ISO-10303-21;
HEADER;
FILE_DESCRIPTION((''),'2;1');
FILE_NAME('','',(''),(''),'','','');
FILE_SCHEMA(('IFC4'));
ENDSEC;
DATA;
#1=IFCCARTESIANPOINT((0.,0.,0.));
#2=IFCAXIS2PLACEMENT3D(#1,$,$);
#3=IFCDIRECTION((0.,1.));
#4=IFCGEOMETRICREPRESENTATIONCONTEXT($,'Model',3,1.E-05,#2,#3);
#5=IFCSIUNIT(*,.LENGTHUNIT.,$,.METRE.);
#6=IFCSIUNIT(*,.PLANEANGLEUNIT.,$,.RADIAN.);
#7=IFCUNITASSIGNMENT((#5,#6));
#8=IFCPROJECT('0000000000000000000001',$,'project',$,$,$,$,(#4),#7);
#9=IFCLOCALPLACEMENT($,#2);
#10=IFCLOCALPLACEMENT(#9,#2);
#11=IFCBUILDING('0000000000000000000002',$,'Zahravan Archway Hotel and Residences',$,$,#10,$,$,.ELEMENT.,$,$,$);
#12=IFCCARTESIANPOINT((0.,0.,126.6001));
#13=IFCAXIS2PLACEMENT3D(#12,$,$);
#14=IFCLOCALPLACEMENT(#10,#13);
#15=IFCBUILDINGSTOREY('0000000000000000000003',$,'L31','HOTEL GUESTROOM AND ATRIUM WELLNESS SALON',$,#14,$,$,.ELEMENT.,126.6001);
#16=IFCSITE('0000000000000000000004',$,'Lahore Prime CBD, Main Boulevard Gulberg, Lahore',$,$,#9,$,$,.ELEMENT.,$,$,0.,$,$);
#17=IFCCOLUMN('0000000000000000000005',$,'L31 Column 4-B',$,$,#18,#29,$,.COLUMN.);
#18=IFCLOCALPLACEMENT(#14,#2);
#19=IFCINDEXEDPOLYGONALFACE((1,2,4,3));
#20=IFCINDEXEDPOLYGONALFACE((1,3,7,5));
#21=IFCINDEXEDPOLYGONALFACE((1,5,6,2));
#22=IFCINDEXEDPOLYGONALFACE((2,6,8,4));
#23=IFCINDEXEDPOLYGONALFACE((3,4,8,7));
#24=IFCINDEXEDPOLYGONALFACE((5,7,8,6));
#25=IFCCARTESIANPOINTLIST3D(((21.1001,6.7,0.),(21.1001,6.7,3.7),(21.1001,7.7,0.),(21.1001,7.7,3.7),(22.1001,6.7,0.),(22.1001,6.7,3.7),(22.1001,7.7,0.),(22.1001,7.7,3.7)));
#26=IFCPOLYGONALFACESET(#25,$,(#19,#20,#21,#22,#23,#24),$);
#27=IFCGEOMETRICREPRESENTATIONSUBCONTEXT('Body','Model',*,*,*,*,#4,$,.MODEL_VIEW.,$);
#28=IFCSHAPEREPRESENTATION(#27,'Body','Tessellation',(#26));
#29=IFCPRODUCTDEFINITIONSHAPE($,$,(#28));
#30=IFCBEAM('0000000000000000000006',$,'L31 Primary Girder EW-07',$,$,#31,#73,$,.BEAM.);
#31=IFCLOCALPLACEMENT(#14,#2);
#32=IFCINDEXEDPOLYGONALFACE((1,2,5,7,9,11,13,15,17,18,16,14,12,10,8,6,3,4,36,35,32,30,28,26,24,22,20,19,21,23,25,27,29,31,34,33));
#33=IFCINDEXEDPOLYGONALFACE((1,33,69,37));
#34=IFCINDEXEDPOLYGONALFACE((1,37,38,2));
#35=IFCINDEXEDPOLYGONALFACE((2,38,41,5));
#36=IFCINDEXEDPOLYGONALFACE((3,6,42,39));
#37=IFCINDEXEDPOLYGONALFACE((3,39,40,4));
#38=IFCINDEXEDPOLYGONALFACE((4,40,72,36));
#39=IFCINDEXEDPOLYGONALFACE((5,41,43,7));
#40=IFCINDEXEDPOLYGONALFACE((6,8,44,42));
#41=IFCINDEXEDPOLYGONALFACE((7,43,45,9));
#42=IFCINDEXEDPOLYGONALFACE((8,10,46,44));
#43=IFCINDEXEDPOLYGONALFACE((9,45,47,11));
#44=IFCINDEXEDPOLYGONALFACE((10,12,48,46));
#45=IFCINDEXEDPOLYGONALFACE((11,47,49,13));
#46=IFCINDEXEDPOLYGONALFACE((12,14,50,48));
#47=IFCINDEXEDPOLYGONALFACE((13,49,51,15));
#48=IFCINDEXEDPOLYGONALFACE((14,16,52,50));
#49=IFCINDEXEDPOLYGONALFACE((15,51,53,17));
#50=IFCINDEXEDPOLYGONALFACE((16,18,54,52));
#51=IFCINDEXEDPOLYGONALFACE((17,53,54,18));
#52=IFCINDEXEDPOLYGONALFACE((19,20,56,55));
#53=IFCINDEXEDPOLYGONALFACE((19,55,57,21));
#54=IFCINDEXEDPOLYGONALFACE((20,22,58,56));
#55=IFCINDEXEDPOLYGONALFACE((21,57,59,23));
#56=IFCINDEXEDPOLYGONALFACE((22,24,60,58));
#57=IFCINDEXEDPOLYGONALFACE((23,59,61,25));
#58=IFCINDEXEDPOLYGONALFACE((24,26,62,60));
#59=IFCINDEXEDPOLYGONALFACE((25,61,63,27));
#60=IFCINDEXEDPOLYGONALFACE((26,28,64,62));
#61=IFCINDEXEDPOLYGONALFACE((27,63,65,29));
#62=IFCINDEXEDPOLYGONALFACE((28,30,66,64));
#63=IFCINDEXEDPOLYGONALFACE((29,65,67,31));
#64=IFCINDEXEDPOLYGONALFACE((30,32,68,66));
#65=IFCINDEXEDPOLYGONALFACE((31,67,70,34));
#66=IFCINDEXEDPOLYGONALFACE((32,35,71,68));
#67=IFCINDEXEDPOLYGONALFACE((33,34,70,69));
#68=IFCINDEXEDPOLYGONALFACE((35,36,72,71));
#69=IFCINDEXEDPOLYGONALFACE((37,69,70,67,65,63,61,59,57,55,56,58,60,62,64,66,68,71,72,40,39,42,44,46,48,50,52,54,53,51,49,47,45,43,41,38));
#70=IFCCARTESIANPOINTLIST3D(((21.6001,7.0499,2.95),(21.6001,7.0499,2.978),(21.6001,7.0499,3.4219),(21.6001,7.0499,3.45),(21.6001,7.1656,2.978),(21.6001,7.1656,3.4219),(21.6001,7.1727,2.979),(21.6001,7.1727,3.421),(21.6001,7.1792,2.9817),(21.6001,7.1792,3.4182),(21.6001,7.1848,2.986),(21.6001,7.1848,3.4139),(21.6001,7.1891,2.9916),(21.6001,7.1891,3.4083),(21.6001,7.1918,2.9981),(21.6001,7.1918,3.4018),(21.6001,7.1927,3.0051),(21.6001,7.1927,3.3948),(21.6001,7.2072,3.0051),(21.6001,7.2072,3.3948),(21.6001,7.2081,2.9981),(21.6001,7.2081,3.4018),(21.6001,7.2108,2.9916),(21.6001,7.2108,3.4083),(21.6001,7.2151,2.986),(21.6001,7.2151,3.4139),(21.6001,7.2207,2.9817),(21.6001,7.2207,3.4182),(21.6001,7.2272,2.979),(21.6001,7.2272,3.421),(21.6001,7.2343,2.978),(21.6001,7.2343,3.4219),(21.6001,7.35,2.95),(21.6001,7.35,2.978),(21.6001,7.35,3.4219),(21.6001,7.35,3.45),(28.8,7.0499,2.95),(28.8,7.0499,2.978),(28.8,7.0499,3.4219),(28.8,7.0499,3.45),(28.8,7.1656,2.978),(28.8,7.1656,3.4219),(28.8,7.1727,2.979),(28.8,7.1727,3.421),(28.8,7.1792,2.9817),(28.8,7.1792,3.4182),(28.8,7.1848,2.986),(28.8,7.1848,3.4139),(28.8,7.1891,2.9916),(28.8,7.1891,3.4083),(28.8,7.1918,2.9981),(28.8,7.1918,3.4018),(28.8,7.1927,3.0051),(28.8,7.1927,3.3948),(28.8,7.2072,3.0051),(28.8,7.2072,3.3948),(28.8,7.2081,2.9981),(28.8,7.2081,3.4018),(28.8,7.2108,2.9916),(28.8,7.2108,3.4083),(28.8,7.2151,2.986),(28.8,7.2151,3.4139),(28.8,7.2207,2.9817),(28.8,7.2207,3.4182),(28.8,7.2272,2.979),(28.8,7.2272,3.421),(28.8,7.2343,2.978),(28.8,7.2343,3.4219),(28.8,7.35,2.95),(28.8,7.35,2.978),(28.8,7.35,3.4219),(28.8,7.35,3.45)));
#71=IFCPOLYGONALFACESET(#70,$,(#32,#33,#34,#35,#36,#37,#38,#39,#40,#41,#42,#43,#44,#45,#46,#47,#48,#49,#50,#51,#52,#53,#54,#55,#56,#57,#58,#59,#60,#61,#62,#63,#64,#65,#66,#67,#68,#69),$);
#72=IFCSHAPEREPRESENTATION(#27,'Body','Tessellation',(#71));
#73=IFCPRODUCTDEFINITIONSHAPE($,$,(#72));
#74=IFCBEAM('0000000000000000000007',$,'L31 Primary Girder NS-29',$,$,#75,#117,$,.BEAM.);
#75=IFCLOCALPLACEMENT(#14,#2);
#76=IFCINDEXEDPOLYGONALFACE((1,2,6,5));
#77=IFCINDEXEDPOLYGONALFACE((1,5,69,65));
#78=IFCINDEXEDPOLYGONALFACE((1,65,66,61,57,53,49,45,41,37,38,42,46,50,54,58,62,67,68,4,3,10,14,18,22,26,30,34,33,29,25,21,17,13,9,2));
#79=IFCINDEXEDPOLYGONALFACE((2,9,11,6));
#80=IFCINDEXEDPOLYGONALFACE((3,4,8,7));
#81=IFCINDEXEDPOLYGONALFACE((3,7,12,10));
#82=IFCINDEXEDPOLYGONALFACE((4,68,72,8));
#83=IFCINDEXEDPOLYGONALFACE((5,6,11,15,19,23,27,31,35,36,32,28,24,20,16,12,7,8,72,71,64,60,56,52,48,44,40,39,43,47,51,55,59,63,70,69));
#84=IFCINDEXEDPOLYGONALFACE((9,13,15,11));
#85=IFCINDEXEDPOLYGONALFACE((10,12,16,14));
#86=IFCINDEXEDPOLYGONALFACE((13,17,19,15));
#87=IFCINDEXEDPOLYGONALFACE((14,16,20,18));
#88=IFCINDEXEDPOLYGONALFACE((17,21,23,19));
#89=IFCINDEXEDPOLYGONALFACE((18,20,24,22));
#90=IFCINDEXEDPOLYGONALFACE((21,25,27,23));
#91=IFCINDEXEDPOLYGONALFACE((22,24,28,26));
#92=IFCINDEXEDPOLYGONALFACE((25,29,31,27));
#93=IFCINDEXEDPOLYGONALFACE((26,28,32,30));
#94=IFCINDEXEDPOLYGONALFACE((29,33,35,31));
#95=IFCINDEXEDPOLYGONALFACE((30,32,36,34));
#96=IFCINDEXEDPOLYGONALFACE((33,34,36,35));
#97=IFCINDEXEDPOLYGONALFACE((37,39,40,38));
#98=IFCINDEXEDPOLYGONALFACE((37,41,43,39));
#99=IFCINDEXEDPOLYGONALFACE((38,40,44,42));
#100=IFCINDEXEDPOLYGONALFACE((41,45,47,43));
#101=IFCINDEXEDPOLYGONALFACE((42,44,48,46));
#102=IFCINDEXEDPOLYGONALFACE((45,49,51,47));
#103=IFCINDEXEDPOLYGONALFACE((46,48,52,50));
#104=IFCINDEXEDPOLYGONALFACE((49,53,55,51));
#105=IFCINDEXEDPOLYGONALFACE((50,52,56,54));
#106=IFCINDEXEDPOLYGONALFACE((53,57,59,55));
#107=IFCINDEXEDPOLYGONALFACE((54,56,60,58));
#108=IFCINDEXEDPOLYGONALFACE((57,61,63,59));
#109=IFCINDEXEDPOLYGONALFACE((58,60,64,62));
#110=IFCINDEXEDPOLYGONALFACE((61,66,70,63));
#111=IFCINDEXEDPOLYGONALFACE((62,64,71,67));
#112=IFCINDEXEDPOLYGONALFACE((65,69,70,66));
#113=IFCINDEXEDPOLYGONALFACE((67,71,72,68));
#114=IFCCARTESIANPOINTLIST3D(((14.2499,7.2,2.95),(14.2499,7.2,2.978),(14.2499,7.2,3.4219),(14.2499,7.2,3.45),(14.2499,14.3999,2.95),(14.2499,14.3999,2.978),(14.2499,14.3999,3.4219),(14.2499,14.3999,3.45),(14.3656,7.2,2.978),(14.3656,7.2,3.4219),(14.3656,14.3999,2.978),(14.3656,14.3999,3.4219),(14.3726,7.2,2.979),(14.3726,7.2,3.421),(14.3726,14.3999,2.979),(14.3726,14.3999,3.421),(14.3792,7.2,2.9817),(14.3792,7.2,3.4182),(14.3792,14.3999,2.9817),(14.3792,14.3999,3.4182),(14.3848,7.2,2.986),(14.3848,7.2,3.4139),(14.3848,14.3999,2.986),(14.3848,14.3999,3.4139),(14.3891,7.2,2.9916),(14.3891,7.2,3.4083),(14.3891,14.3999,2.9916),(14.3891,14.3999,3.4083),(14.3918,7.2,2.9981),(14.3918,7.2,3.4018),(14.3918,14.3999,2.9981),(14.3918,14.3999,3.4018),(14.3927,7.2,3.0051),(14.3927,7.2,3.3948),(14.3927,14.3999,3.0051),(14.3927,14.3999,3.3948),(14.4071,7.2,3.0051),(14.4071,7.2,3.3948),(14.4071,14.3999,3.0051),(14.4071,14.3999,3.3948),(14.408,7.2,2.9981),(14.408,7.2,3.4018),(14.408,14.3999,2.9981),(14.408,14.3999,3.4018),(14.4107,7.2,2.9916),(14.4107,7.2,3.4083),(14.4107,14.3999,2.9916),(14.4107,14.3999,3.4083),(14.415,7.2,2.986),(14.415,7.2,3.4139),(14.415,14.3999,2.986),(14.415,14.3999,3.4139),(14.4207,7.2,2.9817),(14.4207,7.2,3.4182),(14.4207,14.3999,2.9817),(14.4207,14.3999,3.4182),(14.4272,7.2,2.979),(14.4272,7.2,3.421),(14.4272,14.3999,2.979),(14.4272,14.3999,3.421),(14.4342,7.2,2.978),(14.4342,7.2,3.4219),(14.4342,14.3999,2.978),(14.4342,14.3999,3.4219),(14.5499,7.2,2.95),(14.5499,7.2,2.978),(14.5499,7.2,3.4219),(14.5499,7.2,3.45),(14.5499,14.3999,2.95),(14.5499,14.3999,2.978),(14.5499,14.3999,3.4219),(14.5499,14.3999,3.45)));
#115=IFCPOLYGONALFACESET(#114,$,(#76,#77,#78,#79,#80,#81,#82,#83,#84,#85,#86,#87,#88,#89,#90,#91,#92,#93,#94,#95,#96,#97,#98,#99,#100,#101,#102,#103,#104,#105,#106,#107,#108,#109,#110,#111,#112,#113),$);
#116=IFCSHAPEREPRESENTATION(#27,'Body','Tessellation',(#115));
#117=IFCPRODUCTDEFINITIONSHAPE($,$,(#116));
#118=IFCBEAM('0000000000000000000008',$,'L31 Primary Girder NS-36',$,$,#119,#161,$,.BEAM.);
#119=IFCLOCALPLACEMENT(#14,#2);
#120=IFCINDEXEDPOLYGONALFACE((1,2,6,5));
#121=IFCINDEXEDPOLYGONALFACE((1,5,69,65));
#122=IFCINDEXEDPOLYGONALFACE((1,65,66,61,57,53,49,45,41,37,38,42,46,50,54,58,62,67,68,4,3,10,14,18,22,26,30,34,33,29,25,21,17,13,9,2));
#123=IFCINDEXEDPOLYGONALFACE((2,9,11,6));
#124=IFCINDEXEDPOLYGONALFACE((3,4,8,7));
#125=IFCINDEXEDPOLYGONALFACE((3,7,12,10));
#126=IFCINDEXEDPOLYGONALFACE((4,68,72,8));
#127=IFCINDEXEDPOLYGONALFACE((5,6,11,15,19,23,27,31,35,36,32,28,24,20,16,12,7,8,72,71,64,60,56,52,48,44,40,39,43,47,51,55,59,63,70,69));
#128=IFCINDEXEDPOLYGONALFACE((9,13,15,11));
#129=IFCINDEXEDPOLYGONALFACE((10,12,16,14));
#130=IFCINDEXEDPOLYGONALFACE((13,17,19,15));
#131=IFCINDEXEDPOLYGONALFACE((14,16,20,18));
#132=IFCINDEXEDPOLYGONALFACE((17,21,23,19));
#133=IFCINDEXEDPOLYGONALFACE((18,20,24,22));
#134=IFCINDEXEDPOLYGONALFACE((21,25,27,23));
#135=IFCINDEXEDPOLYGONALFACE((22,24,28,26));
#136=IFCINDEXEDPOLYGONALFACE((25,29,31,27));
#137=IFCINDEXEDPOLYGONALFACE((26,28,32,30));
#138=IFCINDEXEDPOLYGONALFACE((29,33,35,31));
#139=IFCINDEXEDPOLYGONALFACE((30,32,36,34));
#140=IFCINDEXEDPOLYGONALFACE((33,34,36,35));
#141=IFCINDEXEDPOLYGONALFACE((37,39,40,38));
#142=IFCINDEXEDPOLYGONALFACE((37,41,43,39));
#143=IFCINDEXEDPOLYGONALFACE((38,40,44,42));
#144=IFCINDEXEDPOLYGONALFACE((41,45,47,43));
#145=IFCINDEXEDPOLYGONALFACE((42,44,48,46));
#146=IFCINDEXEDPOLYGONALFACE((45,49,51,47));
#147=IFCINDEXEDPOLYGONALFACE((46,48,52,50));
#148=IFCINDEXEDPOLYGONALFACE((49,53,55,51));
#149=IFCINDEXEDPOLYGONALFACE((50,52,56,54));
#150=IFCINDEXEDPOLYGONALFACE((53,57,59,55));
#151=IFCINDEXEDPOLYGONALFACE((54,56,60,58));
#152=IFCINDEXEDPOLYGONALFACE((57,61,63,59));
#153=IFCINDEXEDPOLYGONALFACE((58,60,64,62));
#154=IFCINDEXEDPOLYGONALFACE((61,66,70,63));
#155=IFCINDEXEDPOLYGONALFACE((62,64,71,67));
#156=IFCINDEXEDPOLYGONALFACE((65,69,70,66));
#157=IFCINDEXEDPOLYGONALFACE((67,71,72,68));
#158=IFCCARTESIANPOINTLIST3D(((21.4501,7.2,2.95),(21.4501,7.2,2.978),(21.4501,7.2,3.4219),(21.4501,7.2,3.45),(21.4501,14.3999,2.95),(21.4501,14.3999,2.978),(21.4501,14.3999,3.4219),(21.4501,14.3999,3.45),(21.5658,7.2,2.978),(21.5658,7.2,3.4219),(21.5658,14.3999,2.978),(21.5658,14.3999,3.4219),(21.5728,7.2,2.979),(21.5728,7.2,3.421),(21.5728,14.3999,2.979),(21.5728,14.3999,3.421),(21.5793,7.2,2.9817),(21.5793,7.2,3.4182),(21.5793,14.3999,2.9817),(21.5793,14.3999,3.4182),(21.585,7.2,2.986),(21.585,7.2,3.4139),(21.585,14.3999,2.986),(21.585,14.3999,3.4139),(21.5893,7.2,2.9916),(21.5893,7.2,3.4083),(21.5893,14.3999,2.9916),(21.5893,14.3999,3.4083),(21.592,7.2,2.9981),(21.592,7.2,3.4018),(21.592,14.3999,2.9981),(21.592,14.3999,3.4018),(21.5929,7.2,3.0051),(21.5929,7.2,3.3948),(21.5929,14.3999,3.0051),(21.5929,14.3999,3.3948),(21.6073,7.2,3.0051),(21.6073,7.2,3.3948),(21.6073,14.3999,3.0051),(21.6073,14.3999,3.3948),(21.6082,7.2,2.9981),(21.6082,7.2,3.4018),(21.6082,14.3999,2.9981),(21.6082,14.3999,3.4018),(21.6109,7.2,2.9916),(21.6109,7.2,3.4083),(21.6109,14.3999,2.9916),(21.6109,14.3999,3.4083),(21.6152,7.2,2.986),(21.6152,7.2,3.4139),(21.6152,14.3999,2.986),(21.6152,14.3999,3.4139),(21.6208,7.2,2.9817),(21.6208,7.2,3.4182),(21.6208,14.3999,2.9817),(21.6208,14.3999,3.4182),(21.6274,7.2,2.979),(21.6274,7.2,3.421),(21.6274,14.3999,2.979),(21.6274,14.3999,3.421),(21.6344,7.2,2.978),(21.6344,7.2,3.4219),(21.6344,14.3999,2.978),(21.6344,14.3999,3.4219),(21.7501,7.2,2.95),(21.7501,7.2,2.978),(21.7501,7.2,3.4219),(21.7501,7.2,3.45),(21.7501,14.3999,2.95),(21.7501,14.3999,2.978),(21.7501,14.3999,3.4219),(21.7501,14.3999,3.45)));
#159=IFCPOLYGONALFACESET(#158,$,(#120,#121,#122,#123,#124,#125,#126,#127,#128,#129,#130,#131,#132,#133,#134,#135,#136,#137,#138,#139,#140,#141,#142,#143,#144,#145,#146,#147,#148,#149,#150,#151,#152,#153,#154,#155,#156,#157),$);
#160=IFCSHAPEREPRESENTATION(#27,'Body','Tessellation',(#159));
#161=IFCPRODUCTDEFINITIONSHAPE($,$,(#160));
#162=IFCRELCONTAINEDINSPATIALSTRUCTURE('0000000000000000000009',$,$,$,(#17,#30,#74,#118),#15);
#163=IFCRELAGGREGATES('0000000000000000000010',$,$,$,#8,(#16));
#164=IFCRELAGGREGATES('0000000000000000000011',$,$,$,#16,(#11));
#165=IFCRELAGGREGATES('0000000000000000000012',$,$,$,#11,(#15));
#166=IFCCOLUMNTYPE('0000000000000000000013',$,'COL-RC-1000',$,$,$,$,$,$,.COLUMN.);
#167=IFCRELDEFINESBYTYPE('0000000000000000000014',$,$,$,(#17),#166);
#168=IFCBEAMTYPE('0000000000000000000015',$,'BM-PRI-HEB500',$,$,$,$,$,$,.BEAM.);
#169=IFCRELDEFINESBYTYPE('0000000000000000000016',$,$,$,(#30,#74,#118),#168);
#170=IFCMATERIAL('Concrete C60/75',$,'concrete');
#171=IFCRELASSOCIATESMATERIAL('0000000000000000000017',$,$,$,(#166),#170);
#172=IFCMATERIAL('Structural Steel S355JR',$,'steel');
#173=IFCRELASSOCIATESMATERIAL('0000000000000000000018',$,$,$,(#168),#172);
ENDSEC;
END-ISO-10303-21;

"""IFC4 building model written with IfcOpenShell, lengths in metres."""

from ifc_helpers import new_model, si_unit, direction, frame, origin, origin_2d, place, context, subcontext, project, spatial, rectangle, i_section, extrude, source, transform, mapped, material, material_profile, profile_set, type_object, type_shapes, element, save


model = new_model("IFC4")

# Units and contexts
model_context = context("Model", 3, precision=1e-05, world=origin(), true_north=direction((0.0, 1.0)))
body_context = subcontext(model_context, "Body", "Model", "MODEL_VIEW")
ifc_project = project(units=[si_unit("LENGTHUNIT", "METRE"), si_unit("PLANEANGLEUNIT", "RADIAN")], contexts=[model_context])

# Site, building, storey
site_placement = place(None, origin())
site = spatial("IfcSite", under=ifc_project, at=site_placement, Name="Lahore Prime CBD, Main Boulevard Gulberg, Lahore", CompositionType="ELEMENT", RefElevation=0.0)
building_placement = place(site_placement, origin())
building = spatial("IfcBuilding", under=site, at=building_placement, Name="Zahravan Archway Hotel and Residences", CompositionType="ELEMENT")
storey_placement = place(building_placement, frame((0.0, 0.0, 126.6001)))
storey = spatial("IfcBuildingStorey", under=building, at=storey_placement, Name="L31", Description="HOTEL GUESTROOM AND ATRIUM WELLNESS SALON", CompositionType="ELEMENT", Elevation=126.6001)

# Column
ifc_material_1 = material(Name="Concrete C60/75", Category="concrete")
ifc_material_profile_1 = material_profile(ifc_material_1, rectangle(XDim=1.0, YDim=1.0, at=origin_2d()), Name="RC-COL-1000x1000", Category="concrete")
ifc_profile_set_1 = profile_set([ifc_material_profile_1], Name="Concrete C60/75")
column_type = type_object("IfcColumnType", Name="COL-RC-1000", PredefinedType="COLUMN", material=ifc_profile_set_1)
shared_shape_1 = source(origin(), body_context, "Body", "SweptSolid", [
    extrude(rectangle(XDim=1.0, YDim=1.0, at=origin_2d()), origin(), (0.0, 0.0, 1.0), 3.7),
])
type_shapes(column_type, [shared_shape_1])
column_placement = place(storey_placement, frame((21.6001, 7.2, 0.0), z_axis=(0.0, 0.0, 1.0), x_axis=(1.0, 0.0, 0.0)))
element("IfcColumn", 1, at=column_placement, inside=storey, type_object=column_type, Name="L31 Column 4-B", PredefinedType="COLUMN", context=body_context, shape_type="MappedRepresentation", body=[
    mapped(shared_shape_1, transform((0.0, 0.0, 0.0), scale=1.0)),
])

# Beams
ifc_material_2 = material(Name="Structural Steel S355JR", Category="steel")
ifc_material_profile_2 = material_profile(ifc_material_2, i_section(OverallWidth=0.3, OverallDepth=0.5, WebThickness=0.0144, FlangeThickness=0.0281, FilletRadius=0.0271, at=origin_2d()), Name="HEB 500", Category="steel")
ifc_profile_set_2 = profile_set([ifc_material_profile_2], Name="Structural Steel S355JR")
beam_type_1 = type_object("IfcBeamType", Name="BM-PRI-HEB500", PredefinedType="BEAM", material=ifc_profile_set_2)
shared_shape_2 = source(origin(), body_context, "Body", "SweptSolid", [
    extrude(i_section(OverallWidth=0.3, OverallDepth=0.5, WebThickness=0.0144, FlangeThickness=0.0281, FilletRadius=0.0271, at=origin_2d()), origin(), (0.0, 0.0, 1.0), 7.2),
])
for number, where, z_axis, x_axis, name in (
    (2, (21.6001, 7.2, 3.2), (1.0, 0.0, 0.0), (0.0, 1.0, 0.0), "L31 Primary Girder EW-07"),
    (3, (14.3999, 7.2, 3.2), (0.0, 1.0, 0.0), (-1.0, 0.0, 0.0), "L31 Primary Girder NS-29"),
    (4, (21.6001, 7.2, 3.2), (0.0, 1.0, 0.0), (-1.0, 0.0, 0.0), "L31 Primary Girder NS-36"),
):
    element("IfcBeam", number, at=place(storey_placement, frame(where, z_axis=z_axis, x_axis=x_axis)), inside=storey, type_object=beam_type_1, Name=name, PredefinedType="BEAM", context=body_context, shape_type="MappedRepresentation", body=[
        mapped(shared_shape_2, transform((0.0, 0.0, 0.0), scale=1.0)),
    ])

save(model, "model.ifc")
